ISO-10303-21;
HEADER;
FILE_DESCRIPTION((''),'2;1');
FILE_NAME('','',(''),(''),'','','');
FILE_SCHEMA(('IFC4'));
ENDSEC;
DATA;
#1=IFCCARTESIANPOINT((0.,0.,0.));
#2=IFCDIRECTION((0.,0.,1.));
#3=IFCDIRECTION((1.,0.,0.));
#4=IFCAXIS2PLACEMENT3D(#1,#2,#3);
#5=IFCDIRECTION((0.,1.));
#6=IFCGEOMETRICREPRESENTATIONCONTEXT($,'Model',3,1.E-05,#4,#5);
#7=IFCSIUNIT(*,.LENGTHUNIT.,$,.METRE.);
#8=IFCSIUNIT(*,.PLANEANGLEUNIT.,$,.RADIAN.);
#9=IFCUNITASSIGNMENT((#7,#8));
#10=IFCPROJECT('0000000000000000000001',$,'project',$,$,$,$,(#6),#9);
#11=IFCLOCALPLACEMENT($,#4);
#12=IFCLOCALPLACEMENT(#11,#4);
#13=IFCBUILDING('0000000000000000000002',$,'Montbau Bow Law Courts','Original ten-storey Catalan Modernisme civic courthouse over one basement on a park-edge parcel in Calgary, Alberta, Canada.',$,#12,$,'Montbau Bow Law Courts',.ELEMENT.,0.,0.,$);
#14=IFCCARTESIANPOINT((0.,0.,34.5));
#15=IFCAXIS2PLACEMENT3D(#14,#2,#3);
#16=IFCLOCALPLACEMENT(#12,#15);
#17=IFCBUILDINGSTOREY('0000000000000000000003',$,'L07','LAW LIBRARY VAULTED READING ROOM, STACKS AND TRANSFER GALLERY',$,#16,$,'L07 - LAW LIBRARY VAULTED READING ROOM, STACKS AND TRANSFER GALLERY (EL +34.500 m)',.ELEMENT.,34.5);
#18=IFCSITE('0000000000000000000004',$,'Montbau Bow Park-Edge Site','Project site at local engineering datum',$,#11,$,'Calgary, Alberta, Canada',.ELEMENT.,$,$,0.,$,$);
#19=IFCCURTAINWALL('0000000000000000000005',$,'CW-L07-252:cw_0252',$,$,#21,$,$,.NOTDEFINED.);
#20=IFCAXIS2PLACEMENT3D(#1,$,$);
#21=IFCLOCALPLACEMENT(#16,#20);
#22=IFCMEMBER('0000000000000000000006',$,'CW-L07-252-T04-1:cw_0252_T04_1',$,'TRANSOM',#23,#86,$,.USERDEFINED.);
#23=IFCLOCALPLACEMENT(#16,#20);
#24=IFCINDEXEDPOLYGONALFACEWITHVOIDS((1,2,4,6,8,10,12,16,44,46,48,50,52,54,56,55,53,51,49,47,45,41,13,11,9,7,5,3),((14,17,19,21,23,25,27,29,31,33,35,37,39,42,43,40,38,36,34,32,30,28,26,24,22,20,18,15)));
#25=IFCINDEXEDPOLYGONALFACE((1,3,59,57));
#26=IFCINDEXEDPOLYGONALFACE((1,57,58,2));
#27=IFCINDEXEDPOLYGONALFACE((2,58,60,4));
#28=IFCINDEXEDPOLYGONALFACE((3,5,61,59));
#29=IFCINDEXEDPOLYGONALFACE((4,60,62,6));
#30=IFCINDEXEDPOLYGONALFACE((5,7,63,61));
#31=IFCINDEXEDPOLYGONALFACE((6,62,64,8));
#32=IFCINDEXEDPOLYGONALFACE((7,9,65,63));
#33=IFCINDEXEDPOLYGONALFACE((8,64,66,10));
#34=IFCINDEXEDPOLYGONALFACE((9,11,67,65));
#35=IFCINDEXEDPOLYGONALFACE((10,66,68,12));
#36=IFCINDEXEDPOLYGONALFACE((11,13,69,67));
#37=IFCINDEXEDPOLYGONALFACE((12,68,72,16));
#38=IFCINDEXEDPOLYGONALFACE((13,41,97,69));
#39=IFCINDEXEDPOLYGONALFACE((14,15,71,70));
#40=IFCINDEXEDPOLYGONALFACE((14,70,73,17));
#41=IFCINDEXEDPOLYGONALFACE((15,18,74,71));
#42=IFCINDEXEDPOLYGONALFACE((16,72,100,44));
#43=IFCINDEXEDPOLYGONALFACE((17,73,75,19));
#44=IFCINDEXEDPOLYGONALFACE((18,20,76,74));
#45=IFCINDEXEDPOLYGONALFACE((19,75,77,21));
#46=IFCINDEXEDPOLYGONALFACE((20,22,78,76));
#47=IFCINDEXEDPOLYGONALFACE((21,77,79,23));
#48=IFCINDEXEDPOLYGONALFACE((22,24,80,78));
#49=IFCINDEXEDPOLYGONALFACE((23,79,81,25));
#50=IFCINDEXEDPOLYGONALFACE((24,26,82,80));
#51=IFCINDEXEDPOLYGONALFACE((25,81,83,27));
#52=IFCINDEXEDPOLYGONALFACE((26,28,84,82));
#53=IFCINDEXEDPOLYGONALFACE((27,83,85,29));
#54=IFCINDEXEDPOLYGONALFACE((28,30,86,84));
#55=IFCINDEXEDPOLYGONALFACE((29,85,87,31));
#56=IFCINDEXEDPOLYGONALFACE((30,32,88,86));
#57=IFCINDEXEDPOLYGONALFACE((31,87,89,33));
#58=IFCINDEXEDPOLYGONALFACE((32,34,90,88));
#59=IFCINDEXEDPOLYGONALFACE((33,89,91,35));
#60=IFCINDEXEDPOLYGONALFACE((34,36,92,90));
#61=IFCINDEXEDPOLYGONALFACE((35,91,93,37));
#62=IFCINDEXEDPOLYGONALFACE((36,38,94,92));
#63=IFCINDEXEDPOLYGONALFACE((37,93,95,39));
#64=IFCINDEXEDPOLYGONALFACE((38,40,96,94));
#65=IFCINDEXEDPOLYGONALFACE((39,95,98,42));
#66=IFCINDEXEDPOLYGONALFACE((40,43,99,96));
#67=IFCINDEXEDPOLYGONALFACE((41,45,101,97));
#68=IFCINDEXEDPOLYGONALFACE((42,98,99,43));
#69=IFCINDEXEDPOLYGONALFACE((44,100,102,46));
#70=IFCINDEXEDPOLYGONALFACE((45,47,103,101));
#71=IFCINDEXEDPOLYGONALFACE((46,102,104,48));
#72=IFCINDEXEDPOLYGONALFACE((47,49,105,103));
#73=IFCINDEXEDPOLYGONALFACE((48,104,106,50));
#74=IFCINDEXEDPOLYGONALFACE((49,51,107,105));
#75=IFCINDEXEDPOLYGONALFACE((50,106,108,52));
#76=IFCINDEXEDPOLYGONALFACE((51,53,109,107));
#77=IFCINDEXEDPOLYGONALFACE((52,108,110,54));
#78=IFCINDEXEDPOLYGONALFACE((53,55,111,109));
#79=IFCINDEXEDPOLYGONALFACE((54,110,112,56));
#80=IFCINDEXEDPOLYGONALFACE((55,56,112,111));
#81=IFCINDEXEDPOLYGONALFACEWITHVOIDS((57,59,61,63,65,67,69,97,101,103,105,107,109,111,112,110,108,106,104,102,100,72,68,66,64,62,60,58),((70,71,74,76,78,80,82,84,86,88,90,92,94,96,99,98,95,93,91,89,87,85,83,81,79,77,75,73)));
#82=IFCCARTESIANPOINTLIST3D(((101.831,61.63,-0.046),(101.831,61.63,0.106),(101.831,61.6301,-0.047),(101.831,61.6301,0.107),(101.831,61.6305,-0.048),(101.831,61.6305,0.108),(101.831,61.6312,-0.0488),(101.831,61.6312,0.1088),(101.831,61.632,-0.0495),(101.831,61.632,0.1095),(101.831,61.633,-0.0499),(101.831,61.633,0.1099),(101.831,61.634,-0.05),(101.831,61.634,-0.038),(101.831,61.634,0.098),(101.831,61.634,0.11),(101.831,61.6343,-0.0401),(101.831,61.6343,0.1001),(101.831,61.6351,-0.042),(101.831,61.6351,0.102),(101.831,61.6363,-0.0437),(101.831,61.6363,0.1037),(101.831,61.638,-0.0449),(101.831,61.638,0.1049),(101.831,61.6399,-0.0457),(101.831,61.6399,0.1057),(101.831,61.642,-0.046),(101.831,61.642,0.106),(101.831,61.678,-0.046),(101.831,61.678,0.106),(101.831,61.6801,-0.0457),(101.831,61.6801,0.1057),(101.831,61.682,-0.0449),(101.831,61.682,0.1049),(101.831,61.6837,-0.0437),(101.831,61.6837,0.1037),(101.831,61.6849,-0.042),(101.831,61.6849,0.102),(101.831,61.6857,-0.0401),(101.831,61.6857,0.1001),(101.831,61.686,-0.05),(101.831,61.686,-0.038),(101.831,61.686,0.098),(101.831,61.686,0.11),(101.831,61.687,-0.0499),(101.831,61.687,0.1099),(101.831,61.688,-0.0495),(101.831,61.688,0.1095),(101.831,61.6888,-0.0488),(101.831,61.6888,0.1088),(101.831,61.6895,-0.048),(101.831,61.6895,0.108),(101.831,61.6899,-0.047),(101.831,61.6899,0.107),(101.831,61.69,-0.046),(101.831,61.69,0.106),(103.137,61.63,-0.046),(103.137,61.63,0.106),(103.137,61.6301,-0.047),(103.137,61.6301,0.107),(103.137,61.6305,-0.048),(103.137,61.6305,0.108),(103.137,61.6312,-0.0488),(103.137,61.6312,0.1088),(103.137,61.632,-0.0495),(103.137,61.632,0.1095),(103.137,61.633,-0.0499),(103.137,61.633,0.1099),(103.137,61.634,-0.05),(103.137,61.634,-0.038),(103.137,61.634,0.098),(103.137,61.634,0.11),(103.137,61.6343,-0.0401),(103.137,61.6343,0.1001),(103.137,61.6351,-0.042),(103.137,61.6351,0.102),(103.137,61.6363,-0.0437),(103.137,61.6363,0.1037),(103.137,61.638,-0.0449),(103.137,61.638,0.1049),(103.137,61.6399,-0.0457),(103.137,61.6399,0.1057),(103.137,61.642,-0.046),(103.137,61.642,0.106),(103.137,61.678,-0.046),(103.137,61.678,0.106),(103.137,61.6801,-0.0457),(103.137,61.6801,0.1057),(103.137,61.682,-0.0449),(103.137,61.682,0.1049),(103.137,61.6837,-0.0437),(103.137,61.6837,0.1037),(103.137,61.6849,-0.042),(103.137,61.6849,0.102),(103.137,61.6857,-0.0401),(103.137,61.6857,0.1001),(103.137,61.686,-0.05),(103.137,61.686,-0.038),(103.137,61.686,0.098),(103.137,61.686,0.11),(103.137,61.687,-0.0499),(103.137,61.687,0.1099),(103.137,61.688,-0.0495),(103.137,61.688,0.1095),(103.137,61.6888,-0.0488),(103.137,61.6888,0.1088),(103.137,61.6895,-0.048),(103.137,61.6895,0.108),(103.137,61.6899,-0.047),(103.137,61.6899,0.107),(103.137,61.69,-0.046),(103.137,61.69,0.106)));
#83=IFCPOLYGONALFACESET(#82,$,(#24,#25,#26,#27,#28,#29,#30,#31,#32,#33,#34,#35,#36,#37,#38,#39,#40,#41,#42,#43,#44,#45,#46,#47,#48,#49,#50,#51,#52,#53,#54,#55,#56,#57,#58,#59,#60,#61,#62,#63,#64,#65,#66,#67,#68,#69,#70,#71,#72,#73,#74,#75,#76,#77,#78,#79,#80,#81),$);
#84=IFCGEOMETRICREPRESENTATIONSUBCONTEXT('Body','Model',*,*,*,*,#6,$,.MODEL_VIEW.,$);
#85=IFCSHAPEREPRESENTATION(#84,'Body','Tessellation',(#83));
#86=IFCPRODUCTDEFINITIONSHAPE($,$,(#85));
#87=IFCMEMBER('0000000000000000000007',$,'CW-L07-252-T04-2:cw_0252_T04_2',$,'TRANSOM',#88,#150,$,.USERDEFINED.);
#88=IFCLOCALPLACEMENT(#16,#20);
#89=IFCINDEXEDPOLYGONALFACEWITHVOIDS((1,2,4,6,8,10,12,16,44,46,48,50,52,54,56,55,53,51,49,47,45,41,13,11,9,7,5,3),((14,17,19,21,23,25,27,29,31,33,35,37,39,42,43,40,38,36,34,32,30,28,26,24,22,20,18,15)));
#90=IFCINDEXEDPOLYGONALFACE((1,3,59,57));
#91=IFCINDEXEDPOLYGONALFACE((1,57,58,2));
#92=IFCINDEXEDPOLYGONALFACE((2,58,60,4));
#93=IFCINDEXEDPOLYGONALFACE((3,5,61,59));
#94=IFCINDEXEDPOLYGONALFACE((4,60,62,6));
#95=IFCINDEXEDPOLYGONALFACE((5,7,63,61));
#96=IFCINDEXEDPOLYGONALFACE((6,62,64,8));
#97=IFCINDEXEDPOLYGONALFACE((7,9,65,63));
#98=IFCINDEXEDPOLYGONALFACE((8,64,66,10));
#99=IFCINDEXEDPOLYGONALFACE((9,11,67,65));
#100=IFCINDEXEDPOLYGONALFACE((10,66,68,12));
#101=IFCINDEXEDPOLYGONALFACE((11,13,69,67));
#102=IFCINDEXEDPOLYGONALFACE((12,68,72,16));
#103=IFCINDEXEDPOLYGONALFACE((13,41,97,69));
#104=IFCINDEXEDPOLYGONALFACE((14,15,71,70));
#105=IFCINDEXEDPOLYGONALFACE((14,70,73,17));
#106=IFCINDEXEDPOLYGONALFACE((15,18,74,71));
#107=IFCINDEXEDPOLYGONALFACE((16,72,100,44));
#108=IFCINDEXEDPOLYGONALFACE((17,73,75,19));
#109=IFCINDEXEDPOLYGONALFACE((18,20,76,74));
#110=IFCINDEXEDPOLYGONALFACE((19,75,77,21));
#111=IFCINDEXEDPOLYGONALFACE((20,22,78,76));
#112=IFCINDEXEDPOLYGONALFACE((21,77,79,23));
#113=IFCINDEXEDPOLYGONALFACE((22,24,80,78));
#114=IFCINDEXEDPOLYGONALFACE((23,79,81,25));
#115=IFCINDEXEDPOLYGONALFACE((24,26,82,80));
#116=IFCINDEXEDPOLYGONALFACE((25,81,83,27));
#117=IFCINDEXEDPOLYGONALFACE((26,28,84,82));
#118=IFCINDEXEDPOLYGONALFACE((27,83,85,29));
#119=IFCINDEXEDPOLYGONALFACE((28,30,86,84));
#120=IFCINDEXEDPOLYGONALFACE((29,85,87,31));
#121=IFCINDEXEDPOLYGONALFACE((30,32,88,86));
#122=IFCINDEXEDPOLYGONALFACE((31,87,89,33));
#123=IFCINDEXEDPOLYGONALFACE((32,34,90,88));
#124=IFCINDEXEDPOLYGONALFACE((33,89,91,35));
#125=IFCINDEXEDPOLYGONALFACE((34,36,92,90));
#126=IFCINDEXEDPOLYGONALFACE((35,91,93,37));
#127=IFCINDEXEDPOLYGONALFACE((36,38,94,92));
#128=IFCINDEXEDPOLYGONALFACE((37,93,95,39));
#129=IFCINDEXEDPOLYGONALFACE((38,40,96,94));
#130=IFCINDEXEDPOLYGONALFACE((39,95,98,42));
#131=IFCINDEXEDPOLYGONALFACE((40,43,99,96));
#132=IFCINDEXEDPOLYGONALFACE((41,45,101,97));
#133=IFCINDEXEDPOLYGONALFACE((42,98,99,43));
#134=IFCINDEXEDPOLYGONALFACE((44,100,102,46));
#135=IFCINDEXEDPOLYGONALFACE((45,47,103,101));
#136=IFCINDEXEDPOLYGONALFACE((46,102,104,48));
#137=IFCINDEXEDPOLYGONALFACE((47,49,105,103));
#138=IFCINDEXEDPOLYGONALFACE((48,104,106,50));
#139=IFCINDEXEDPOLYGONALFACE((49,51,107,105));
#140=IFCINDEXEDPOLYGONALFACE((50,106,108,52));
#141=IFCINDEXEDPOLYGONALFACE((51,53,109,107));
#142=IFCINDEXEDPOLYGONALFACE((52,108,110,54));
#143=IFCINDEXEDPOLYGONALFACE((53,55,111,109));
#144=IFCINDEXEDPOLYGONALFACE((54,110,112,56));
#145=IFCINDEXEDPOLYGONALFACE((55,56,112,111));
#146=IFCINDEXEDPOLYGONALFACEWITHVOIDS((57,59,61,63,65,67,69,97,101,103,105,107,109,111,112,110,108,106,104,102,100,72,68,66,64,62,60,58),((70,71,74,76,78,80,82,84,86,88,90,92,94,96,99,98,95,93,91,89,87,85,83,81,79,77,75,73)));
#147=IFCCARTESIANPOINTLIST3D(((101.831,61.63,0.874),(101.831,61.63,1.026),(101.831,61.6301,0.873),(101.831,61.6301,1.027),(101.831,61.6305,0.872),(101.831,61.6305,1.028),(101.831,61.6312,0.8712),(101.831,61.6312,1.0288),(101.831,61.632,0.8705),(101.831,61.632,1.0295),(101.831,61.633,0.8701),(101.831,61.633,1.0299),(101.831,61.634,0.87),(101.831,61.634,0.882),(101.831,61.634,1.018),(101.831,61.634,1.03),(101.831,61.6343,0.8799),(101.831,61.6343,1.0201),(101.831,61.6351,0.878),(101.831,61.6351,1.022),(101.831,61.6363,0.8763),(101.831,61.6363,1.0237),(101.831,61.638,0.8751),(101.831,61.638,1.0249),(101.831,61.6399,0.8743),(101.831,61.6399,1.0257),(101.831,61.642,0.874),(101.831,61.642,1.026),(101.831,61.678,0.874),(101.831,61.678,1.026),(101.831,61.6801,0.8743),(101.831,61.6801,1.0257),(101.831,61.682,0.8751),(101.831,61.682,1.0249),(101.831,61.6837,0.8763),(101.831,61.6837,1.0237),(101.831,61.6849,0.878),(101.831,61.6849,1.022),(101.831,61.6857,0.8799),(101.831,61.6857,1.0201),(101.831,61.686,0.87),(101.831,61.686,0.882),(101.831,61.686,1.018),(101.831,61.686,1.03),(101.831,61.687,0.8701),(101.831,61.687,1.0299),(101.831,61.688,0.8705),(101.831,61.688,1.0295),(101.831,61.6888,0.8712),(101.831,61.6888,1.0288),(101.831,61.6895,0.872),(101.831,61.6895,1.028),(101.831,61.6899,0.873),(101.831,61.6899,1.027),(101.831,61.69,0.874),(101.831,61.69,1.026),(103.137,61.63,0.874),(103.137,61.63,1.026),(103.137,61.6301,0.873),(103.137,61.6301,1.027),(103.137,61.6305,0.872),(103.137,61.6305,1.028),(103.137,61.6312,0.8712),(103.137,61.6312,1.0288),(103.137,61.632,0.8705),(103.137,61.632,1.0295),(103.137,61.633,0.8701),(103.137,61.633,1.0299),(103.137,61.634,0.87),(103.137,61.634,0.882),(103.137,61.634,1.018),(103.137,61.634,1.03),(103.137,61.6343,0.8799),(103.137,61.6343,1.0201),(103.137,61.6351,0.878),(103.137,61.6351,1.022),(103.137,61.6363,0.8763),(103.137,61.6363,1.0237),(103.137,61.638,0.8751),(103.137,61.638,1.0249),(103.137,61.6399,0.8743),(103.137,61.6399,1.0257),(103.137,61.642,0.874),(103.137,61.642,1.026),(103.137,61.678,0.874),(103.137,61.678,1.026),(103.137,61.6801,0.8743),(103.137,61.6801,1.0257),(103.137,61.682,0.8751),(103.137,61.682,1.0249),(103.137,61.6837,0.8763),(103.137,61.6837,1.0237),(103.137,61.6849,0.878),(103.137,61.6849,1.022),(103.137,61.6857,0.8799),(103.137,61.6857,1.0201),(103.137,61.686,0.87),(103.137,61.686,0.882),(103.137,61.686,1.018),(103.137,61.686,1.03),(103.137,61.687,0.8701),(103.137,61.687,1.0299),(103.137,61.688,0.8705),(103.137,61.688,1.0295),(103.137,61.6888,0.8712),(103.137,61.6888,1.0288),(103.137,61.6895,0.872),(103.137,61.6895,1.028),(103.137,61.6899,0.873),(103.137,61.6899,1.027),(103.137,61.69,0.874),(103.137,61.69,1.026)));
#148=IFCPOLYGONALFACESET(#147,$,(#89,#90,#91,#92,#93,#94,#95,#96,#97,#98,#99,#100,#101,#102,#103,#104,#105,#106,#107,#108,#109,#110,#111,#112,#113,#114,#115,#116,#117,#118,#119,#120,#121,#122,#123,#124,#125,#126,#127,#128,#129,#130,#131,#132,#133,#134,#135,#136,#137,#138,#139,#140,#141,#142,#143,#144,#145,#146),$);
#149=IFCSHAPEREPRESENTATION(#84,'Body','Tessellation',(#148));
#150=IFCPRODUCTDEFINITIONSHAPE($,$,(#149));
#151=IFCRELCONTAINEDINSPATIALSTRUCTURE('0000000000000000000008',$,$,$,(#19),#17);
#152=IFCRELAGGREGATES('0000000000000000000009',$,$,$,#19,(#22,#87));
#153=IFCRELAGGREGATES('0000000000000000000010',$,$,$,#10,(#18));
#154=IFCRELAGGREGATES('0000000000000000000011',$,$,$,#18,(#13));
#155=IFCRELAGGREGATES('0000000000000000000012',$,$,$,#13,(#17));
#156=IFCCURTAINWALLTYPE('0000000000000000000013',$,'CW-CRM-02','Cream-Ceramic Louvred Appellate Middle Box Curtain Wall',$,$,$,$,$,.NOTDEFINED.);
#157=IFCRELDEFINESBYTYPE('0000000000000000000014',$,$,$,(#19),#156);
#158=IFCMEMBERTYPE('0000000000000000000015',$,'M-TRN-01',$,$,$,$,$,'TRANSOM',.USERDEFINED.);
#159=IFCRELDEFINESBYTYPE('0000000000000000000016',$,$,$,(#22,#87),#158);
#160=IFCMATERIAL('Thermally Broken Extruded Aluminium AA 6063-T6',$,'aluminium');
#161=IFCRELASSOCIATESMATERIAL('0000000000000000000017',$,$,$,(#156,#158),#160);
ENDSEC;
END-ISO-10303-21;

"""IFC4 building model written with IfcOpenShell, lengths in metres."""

from ifc_helpers import new_model, si_unit, direction, frame, origin_with_axes, origin_2d_with_axis, place, context, subcontext, project, spatial, hollow_rectangle, extrude, material, material_profile, profile_set, type_object, element, aggregate, save


model = new_model("IFC4")

# Units and contexts
model_context = context("Model", 3, precision=1e-05, world=origin_with_axes(), true_north=direction((0.0, 1.0)))
body_context = subcontext(model_context, "Body", "Model", "MODEL_VIEW")
ifc_project = project(units=[si_unit("LENGTHUNIT", "METRE"), si_unit("PLANEANGLEUNIT", "RADIAN")], contexts=[model_context])

# Site, building, storey
site_placement = place(None, origin_with_axes())
site = spatial("IfcSite", under=ifc_project, at=site_placement, Name="Montbau Bow Park-Edge Site", Description="Project site at local engineering datum", LongName="Calgary, Alberta, Canada", CompositionType="ELEMENT", RefElevation=0.0)
building_placement = place(site_placement, origin_with_axes())
building = spatial("IfcBuilding", under=site, at=building_placement, Name="Montbau Bow Law Courts", Description="Original ten-storey Catalan Modernisme civic courthouse over one basement on a park-edge parcel in Calgary, Alberta, Canada.", LongName="Montbau Bow Law Courts", CompositionType="ELEMENT", ElevationOfRefHeight=0.0, ElevationOfTerrain=0.0)
storey_placement = place(building_placement, frame((0.0, 0.0, 34.5), z_axis=(0.0, 0.0, 1.0), x_axis=(1.0, 0.0, 0.0)))
storey = spatial("IfcBuildingStorey", under=building, at=storey_placement, Name="L07", Description="LAW LIBRARY VAULTED READING ROOM, STACKS AND TRANSFER GALLERY", LongName="L07 - LAW LIBRARY VAULTED READING ROOM, STACKS AND TRANSFER GALLERY (EL +34.500 m)", CompositionType="ELEMENT", Elevation=34.5)

# Curtain wall
ifc_material_1 = material(Name="Thermally Broken Extruded Aluminium AA 6063-T6", Category="aluminium")
curtain_wall_type = type_object("IfcCurtainWallType", Name="CW-CRM-02", Description="Cream-Ceramic Louvred Appellate Middle Box Curtain Wall", PredefinedType="NOTDEFINED", material=ifc_material_1)
curtain_wall_1_placement = place(None, frame((97.64, 61.66, 34.5), z_axis=(0.0, 0.0, 1.0), x_axis=(1.0, 0.0, 0.0)))
curtain_wall_1 = element("IfcCurtainWall", 1, at=curtain_wall_1_placement, inside=storey, type_object=curtain_wall_type, Name="CW-L07-252:cw_0252", PredefinedType="NOTDEFINED")

# Members
ifc_material_profile_1 = material_profile(ifc_material_1, hollow_rectangle(XDim=0.06, YDim=0.16, WallThickness=0.004, InnerFilletRadius=0.008, OuterFilletRadius=0.004, at=origin_2d_with_axis()), Name="CWT-160X60", Category="Main", Priority=0)
ifc_profile_set_1 = profile_set([ifc_material_profile_1], Name="Thermally Broken Extruded Aluminium AA 6063-T6")
member_type_1 = type_object("IfcMemberType", Name="M-TRN-01", ElementType="TRANSOM", PredefinedType="USERDEFINED", material=ifc_profile_set_1)
member_1_placement = place(None, frame((101.831, 61.66, 34.53), z_axis=(1.0, 0.0, 0.0), x_axis=(0.0, 1.0, 0.0)))
member_1 = element("IfcMember", 2, at=member_1_placement, type_object=member_type_1, Name="CW-L07-252-T04-1:cw_0252_T04_1", ObjectType="TRANSOM", PredefinedType="USERDEFINED", context=body_context, shape_type="SweptSolid", body=[
    extrude(hollow_rectangle(XDim=0.06, YDim=0.16, WallThickness=0.004, InnerFilletRadius=0.008, OuterFilletRadius=0.004, at=origin_2d_with_axis()), origin_with_axes(), (0.0, 0.0, 1.0), 1.306),
])
member_2_placement = place(None, frame((101.831, 61.66, 35.45), z_axis=(1.0, 0.0, 0.0), x_axis=(0.0, 1.0, 0.0)))
member_2 = element("IfcMember", 3, at=member_2_placement, type_object=member_type_1, Name="CW-L07-252-T04-2:cw_0252_T04_2", ObjectType="TRANSOM", PredefinedType="USERDEFINED", context=body_context, shape_type="SweptSolid", body=[
    extrude(hollow_rectangle(XDim=0.06, YDim=0.16, WallThickness=0.004, InnerFilletRadius=0.008, OuterFilletRadius=0.004, at=origin_2d_with_axis()), origin_with_axes(), (0.0, 0.0, 1.0), 1.306),
])

aggregate(curtain_wall_1, [member_1, member_2])

save(model, "model.ifc")
